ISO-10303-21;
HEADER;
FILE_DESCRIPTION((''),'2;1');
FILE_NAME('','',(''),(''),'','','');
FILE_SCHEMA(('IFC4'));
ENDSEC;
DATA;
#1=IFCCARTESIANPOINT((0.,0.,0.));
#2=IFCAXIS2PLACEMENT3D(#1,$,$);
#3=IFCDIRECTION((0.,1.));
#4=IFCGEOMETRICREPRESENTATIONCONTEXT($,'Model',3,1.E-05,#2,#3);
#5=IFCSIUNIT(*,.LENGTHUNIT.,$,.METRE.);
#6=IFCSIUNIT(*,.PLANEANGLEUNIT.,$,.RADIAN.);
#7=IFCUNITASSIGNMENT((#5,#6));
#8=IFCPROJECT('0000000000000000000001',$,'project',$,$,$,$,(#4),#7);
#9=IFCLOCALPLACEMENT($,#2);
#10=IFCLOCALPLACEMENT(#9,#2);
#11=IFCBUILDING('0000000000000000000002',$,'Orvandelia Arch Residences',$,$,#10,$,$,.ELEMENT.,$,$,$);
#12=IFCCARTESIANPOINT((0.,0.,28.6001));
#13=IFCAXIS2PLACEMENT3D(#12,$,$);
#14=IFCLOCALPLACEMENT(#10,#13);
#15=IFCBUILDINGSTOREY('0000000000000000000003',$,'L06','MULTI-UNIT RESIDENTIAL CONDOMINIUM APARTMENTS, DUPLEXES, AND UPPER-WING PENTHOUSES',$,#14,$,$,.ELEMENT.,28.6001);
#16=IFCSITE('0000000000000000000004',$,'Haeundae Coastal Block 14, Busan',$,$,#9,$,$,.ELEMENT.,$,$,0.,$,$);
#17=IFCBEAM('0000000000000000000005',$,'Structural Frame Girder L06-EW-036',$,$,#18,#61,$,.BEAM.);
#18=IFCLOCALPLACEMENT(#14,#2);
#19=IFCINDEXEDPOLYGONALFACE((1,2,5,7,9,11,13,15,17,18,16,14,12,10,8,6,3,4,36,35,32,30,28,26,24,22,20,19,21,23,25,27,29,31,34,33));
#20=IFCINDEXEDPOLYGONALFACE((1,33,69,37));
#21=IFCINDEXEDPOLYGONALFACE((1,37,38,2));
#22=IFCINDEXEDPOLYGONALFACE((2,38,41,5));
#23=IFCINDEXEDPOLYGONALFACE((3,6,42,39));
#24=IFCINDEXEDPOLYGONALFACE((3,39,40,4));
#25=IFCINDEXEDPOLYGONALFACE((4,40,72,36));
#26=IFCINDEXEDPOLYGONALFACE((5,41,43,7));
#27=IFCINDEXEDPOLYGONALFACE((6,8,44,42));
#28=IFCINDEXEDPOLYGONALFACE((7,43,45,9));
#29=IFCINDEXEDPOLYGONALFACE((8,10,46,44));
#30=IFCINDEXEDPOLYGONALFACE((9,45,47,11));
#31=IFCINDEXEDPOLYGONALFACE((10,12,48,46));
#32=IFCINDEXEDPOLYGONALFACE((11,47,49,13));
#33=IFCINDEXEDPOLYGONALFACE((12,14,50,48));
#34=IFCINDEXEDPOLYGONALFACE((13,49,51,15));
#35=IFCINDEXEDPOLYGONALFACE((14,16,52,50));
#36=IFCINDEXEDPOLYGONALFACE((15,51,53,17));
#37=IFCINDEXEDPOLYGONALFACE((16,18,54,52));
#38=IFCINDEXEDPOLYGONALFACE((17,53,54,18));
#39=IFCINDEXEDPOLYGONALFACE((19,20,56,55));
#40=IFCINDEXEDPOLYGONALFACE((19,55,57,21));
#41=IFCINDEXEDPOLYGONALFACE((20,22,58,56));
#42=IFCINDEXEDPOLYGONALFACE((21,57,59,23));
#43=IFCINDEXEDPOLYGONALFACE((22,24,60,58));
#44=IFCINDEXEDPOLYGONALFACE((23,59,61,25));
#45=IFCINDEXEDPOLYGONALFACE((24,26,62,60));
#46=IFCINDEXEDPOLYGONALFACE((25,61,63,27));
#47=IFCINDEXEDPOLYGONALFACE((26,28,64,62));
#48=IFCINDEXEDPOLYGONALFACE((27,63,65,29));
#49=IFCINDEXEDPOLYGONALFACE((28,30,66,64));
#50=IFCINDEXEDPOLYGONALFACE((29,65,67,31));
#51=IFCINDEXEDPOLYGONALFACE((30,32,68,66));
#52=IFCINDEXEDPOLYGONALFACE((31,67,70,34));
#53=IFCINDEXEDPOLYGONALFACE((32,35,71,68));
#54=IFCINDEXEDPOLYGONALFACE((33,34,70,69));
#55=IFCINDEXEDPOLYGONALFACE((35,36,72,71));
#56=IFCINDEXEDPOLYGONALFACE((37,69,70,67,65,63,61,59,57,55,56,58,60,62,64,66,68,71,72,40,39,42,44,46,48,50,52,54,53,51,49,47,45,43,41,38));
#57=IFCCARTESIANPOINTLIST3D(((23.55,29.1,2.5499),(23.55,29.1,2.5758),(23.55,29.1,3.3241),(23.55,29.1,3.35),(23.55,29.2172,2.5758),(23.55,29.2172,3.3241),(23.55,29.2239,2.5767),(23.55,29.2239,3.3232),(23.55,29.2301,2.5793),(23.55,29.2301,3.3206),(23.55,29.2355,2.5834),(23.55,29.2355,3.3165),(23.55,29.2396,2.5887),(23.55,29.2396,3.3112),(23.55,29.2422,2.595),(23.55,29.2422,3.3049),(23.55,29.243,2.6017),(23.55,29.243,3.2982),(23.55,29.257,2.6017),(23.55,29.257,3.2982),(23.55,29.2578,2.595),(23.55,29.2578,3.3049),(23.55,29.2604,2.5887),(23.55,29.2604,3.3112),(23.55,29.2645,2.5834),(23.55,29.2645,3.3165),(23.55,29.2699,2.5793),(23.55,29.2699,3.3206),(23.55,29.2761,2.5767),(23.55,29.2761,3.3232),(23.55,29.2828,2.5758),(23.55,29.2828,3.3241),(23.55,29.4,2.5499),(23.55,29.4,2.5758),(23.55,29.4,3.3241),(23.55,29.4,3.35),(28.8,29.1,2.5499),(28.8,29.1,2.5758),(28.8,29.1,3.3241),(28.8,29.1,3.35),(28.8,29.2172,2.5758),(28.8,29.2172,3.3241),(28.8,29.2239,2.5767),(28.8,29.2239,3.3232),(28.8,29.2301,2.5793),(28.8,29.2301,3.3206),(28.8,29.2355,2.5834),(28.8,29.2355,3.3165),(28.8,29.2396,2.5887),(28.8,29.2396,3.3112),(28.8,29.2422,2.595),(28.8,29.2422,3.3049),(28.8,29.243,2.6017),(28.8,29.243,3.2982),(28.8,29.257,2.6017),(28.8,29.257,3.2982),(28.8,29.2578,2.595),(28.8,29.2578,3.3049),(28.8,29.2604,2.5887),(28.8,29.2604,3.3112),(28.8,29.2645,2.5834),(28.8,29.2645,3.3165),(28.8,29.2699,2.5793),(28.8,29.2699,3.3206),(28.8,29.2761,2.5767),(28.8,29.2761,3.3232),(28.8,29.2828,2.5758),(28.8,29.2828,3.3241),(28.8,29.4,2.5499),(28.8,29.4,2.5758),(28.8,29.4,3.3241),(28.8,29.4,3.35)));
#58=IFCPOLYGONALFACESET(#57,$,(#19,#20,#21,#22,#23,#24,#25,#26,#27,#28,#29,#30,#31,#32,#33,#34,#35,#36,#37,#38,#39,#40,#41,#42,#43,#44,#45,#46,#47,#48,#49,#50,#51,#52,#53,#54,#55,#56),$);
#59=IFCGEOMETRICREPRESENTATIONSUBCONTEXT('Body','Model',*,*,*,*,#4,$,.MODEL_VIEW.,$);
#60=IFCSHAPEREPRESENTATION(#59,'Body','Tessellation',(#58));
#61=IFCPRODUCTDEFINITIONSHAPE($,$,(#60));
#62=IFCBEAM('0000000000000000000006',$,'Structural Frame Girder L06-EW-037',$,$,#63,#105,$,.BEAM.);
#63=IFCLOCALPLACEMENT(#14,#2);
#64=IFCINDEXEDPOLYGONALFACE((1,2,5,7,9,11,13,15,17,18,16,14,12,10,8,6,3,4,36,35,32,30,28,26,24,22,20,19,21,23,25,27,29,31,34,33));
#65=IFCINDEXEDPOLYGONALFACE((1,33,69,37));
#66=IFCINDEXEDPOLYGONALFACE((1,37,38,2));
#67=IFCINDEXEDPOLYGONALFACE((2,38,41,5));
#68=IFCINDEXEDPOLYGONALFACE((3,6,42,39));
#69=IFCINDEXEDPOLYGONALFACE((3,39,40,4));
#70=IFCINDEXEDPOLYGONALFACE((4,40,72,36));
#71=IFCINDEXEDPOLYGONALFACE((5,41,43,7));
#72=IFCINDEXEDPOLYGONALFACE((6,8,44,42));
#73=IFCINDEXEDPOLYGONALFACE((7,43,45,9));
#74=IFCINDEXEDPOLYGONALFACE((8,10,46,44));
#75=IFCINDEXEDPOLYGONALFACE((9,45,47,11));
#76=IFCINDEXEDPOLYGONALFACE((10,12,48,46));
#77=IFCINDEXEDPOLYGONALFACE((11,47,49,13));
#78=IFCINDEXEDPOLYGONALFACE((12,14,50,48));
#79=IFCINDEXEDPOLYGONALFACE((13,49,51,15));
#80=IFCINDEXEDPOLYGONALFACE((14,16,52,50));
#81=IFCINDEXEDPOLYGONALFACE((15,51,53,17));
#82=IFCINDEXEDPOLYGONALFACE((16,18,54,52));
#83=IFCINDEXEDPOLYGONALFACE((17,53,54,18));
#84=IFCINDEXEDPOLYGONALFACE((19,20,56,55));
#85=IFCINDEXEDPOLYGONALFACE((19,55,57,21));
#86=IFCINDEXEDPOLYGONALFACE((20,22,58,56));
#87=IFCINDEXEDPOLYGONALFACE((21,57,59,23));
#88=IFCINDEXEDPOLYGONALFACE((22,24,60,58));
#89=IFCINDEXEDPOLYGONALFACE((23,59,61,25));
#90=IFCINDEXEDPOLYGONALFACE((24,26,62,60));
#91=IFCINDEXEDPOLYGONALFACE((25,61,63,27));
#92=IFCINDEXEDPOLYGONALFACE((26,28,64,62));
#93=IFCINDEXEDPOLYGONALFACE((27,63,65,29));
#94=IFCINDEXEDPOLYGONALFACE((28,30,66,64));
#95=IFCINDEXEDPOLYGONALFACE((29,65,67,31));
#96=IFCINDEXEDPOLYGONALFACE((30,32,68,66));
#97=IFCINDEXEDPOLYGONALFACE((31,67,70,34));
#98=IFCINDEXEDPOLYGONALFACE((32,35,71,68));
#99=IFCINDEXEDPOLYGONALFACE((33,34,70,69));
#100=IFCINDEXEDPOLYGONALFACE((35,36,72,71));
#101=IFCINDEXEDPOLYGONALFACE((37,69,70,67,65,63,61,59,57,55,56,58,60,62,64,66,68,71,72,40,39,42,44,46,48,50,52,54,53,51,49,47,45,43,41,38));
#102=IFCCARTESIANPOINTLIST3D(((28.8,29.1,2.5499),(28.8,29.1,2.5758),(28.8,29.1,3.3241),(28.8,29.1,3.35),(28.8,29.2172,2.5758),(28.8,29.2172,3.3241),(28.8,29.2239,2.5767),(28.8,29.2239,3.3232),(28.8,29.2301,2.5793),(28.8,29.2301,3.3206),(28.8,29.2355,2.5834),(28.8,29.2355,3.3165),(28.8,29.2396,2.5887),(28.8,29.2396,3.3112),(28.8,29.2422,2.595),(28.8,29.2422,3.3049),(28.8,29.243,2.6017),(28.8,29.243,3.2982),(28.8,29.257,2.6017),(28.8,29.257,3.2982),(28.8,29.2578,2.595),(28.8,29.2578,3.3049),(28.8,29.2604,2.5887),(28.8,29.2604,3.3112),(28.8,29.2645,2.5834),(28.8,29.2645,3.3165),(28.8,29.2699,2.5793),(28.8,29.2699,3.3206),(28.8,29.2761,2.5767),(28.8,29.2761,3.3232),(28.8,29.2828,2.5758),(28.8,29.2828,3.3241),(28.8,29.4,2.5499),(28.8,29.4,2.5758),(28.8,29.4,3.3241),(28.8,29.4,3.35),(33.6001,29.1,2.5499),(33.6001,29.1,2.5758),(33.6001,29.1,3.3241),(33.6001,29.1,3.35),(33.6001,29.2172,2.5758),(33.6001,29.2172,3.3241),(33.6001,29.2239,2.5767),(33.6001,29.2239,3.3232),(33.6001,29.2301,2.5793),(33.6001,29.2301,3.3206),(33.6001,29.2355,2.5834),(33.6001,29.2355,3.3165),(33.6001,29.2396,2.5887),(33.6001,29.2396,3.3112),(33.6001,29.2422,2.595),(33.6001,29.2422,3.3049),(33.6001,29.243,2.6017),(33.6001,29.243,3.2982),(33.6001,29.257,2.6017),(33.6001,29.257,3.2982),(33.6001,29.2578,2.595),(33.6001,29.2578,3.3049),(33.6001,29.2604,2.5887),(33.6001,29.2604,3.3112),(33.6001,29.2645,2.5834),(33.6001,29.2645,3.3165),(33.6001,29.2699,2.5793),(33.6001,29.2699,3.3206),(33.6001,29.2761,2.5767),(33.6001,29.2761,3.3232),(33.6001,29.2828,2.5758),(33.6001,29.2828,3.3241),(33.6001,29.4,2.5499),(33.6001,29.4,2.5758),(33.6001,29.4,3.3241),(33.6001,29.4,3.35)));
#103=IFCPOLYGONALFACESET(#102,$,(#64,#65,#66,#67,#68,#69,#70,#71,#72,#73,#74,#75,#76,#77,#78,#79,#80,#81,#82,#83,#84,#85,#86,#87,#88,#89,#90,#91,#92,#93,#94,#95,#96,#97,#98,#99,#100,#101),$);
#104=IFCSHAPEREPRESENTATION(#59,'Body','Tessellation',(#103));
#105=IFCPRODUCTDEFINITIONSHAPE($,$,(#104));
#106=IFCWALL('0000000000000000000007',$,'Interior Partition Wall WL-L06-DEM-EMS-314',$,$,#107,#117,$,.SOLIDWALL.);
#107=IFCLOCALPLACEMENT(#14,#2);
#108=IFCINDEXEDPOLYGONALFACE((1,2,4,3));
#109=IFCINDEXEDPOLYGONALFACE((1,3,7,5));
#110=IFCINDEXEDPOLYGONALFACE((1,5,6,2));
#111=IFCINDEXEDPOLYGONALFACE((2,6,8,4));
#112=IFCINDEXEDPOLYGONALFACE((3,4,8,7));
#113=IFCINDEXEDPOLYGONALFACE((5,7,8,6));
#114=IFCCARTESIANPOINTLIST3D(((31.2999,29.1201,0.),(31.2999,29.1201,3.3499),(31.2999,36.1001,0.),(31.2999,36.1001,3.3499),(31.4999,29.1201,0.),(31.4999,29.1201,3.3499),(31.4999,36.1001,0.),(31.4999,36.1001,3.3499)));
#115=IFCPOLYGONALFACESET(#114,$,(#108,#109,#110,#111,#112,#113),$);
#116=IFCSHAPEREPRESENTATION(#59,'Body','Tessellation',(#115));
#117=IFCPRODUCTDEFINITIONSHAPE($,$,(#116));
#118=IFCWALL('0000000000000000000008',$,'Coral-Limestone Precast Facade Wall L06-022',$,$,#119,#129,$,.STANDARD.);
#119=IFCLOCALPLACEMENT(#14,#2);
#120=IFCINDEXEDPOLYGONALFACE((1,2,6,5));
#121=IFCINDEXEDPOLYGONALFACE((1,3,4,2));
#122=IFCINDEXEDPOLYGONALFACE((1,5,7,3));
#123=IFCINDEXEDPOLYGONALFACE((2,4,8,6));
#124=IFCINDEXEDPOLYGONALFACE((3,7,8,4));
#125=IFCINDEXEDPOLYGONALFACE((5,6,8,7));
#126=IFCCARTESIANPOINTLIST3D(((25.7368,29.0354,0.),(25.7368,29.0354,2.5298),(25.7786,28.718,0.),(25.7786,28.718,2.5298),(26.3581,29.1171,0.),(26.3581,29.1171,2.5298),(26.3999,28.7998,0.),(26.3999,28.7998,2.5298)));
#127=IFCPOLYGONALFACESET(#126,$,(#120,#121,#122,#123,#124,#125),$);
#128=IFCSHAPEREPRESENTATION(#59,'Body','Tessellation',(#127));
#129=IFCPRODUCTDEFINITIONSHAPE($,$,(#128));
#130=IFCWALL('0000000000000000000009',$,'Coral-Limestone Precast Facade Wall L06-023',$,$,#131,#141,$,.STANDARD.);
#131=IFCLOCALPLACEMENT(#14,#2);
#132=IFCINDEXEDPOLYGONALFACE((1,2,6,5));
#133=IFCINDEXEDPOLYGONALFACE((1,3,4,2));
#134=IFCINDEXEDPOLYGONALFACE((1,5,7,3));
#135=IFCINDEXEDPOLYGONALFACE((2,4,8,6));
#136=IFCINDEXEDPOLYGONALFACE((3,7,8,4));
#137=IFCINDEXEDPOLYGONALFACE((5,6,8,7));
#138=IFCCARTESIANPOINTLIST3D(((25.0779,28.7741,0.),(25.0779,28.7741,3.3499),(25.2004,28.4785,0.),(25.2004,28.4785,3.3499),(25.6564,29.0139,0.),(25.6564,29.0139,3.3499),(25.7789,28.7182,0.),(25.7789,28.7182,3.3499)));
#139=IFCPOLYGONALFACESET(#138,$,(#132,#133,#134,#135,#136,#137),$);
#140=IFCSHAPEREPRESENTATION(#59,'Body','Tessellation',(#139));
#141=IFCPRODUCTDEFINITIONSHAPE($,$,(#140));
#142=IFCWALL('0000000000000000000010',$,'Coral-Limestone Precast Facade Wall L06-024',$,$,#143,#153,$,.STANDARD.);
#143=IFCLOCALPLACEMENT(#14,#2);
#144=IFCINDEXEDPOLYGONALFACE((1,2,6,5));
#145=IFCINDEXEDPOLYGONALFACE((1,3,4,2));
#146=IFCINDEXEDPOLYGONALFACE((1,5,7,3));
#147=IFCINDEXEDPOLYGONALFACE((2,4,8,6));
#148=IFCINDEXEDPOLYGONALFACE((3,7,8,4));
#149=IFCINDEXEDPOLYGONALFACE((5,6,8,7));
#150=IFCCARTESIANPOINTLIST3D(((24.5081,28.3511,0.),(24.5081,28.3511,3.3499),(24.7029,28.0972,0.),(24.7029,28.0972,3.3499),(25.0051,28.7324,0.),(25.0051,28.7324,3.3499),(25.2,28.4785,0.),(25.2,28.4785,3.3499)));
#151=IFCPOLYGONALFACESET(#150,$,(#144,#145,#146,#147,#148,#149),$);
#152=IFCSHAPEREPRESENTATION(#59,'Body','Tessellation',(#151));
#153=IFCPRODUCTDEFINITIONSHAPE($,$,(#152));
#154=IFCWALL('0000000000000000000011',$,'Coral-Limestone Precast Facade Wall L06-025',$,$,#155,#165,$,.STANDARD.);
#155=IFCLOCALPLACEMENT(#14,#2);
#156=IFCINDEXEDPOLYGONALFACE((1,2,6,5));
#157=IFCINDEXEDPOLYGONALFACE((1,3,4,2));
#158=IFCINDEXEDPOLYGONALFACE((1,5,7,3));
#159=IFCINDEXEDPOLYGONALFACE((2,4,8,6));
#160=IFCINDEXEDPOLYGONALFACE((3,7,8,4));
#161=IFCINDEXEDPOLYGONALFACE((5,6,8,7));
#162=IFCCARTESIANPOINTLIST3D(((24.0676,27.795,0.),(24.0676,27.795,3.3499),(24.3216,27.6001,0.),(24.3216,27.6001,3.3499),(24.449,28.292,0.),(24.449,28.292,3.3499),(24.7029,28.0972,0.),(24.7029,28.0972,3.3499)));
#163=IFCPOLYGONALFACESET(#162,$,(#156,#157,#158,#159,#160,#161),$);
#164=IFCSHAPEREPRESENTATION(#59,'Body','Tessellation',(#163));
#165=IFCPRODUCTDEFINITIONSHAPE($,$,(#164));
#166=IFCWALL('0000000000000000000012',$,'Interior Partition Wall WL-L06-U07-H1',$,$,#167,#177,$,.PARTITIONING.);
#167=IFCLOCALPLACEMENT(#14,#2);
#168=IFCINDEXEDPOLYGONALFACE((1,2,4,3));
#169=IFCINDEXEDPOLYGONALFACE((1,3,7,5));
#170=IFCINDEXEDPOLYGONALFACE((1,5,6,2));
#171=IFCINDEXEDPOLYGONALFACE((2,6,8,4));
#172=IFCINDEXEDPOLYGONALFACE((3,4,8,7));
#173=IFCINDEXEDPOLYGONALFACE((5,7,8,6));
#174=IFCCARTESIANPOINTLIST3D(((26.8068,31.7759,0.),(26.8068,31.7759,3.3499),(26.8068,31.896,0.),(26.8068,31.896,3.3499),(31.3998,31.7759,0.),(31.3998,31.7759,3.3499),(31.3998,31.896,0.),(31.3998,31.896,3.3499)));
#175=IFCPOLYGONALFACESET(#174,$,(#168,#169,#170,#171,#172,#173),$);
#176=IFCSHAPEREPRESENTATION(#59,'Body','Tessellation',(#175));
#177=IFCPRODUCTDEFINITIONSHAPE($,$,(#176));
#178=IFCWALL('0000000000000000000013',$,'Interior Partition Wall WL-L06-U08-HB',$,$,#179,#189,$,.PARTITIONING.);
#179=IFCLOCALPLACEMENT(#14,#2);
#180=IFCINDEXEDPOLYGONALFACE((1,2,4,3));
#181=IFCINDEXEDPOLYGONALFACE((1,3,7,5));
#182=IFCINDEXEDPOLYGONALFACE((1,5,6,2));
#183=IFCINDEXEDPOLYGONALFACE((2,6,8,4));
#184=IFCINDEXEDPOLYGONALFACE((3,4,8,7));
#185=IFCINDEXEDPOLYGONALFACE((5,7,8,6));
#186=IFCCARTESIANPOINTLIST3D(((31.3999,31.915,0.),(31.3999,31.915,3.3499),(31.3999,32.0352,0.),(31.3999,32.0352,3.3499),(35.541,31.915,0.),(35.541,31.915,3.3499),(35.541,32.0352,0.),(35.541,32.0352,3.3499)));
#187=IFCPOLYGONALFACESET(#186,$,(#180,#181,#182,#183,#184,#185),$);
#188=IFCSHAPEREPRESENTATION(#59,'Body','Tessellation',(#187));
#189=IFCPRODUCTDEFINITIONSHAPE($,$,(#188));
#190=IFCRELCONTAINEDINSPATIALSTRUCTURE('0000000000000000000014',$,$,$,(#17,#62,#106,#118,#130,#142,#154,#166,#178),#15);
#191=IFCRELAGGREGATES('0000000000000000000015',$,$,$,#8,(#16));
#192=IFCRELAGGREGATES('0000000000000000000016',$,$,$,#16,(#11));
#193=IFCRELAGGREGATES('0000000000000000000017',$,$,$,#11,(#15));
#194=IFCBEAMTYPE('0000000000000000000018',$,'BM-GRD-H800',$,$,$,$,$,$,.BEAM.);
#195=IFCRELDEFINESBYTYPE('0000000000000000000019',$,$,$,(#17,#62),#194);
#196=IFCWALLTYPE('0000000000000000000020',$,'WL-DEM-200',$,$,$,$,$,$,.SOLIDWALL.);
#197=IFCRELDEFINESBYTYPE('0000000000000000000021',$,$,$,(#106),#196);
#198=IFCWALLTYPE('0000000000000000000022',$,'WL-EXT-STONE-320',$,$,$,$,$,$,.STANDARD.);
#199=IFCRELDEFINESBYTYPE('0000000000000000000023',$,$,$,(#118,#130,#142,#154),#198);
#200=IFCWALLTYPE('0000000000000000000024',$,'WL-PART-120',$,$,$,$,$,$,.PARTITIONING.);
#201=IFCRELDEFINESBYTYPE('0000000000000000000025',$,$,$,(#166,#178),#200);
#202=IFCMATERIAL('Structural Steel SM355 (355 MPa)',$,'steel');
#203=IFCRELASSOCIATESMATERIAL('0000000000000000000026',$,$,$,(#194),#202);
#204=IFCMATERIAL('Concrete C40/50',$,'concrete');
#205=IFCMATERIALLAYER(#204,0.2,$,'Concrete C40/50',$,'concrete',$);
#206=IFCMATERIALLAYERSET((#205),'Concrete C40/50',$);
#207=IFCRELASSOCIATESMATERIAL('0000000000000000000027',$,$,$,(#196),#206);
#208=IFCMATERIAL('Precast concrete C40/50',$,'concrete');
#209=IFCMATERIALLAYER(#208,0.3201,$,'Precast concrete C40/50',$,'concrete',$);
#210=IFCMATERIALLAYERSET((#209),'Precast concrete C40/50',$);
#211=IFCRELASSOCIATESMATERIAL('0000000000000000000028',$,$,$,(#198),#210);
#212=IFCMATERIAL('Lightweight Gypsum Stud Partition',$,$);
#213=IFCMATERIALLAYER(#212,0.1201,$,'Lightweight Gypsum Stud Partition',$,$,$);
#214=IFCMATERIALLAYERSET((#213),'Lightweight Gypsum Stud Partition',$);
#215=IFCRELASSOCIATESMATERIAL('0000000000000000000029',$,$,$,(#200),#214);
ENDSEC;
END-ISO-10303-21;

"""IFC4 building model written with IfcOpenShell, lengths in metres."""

from ifc_helpers import new_model, si_unit, direction, frame, frame_2d, origin, origin_2d, place, context, subcontext, project, spatial, rectangle, i_section, extrude, material, layer, layer_set, material_profile, profile_set, type_object, element, save


model = new_model("IFC4")

# Units and contexts
model_context = context("Model", 3, precision=1e-05, world=origin(), true_north=direction((0.0, 1.0)))
body_context = subcontext(model_context, "Body", "Model", "MODEL_VIEW")
ifc_project = project(units=[si_unit("LENGTHUNIT", "METRE"), si_unit("PLANEANGLEUNIT", "RADIAN")], contexts=[model_context])

# Site, building, storey
site_placement = place(None, origin())
site = spatial("IfcSite", under=ifc_project, at=site_placement, Name="Haeundae Coastal Block 14, Busan", CompositionType="ELEMENT", RefElevation=0.0)
building_placement = place(site_placement, origin())
building = spatial("IfcBuilding", under=site, at=building_placement, Name="Orvandelia Arch Residences", CompositionType="ELEMENT")
storey_placement = place(building_placement, frame((0.0, 0.0, 28.6001)))
storey = spatial("IfcBuildingStorey", under=building, at=storey_placement, Name="L06", Description="MULTI-UNIT RESIDENTIAL CONDOMINIUM APARTMENTS, DUPLEXES, AND UPPER-WING PENTHOUSES", CompositionType="ELEMENT", Elevation=28.6001)

# Beams
ifc_material_1 = material(Name="Structural Steel SM355 (355 MPa)", Category="steel")
ifc_material_profile_1 = material_profile(ifc_material_1, i_section(OverallWidth=0.3, OverallDepth=0.8, WebThickness=0.0139, FlangeThickness=0.0259, FilletRadius=0.0259, at=origin_2d()), Name="Structural Steel SM355 (355 MPa)", Category="steel")
ifc_profile_set_1 = profile_set([ifc_material_profile_1], Name="Structural Steel SM355 (355 MPa)")
beam_type = type_object("IfcBeamType", Name="BM-GRD-H800", PredefinedType="BEAM", material=ifc_profile_set_1)
beam_1_placement = place(storey_placement, frame((23.55, 29.25, 2.95), z_axis=(1.0, 0.0, 0.0), x_axis=(0.0, 1.0, 0.0)))
element("IfcBeam", 1, at=beam_1_placement, inside=storey, type_object=beam_type, Name="Structural Frame Girder L06-EW-036", PredefinedType="BEAM", context=body_context, shape_type="SweptSolid", body=[
    extrude(i_section(OverallWidth=0.3, OverallDepth=0.8, WebThickness=0.0139, FlangeThickness=0.0259, FilletRadius=0.0259, at=origin_2d()), origin(), (0.0, 0.0, 1.0), 5.25),
])
beam_2_placement = place(storey_placement, frame((28.8, 29.25, 2.95), z_axis=(1.0, 0.0, 0.0), x_axis=(0.0, 1.0, 0.0)))
element("IfcBeam", 2, at=beam_2_placement, inside=storey, type_object=beam_type, Name="Structural Frame Girder L06-EW-037", PredefinedType="BEAM", context=body_context, shape_type="SweptSolid", body=[
    extrude(i_section(OverallWidth=0.3, OverallDepth=0.8, WebThickness=0.0139, FlangeThickness=0.0259, FilletRadius=0.0259, at=origin_2d()), origin(), (0.0, 0.0, 1.0), 4.8),
])

# Walls
ifc_material_2 = material(Name="Concrete C40/50", Category="concrete")
ifc_layer_1 = layer(ifc_material_2, 0.2, Name="Concrete C40/50", Category="concrete")
ifc_layer_set_1 = layer_set([ifc_layer_1], Name="Concrete C40/50")
wall_type_1 = type_object("IfcWallType", Name="WL-DEM-200", PredefinedType="SOLIDWALL", material=ifc_layer_set_1)
wall_1_placement = place(storey_placement, frame((31.3999, 29.1201, 0.0), z_axis=(0.0, 0.0, 1.0), x_axis=(0.0, 1.0, 0.0)))
element("IfcWall", 3, at=wall_1_placement, inside=storey, type_object=wall_type_1, Name="Interior Partition Wall WL-L06-DEM-EMS-314", PredefinedType="SOLIDWALL", context=body_context, shape_type="SweptSolid", body=[
    extrude(rectangle(XDim=6.98, YDim=0.2, at=frame_2d((3.49, 0.0))), origin(), (0.0, 0.0, 1.0), 3.3499),
])
ifc_material_3 = material(Name="Precast concrete C40/50", Category="concrete")
ifc_layer_2 = layer(ifc_material_3, 0.3201, Name="Precast concrete C40/50", Category="concrete")
ifc_layer_set_2 = layer_set([ifc_layer_2], Name="Precast concrete C40/50")
wall_type_2 = type_object("IfcWallType", Name="WL-EXT-STONE-320", PredefinedType="STANDARD", material=ifc_layer_set_2)
wall_2_placement = place(storey_placement, frame((26.3792, 28.9585, 0.0), z_axis=(0.0, 0.0, 1.0), x_axis=(-0.991448, -0.130505, 0.0)))
element("IfcWall", 4, at=wall_2_placement, inside=storey, type_object=wall_type_2, Name="Coral-Limestone Precast Facade Wall L06-022", PredefinedType="STANDARD", context=body_context, shape_type="SweptSolid", body=[
    extrude(rectangle(XDim=0.6267, YDim=0.3201, at=frame_2d((0.3135, 0.0))), origin(), (0.0, 0.0, 1.0), 2.5298),
])
wall_3_placement = place(storey_placement, frame((25.7175, 28.866, 0.0), z_axis=(0.0, 0.0, 1.0), x_axis=(-0.923836, -0.382788, 0.0)))
element("IfcWall", 5, at=wall_3_placement, inside=storey, type_object=wall_type_2, Name="Coral-Limestone Precast Facade Wall L06-023", PredefinedType="STANDARD", context=body_context, shape_type="SweptSolid", body=[
    extrude(rectangle(XDim=0.6262, YDim=0.3201, at=frame_2d((0.313, 0.0))), origin(), (0.0, 0.0, 1.0), 3.3499),
])
for number, where, z_axis, x_axis, name in (
    (6, (25.1025, 28.6055, 0.0), (0.0, 0.0, 1.0), (-0.793406, -0.608693, 0.0), "Coral-Limestone Precast Facade Wall L06-024"),
    (7, (24.5759, 28.1946, 0.0), (0.0, 0.0, 1.0), (-0.608693, -0.793406, 0.0), "Coral-Limestone Precast Facade Wall L06-025"),
):
    element("IfcWall", number, at=place(storey_placement, frame(where, z_axis=z_axis, x_axis=x_axis)), inside=storey, type_object=wall_type_2, Name=name, PredefinedType="STANDARD", context=body_context, shape_type="SweptSolid", body=[
        extrude(rectangle(XDim=0.6265, YDim=0.3201, at=frame_2d((0.3132, 0.0))), origin(), (0.0, 0.0, 1.0), 3.3499),
    ])
ifc_material_4 = material(Name="Lightweight Gypsum Stud Partition")
ifc_layer_3 = layer(ifc_material_4, 0.1201, Name="Lightweight Gypsum Stud Partition")
ifc_layer_set_3 = layer_set([ifc_layer_3], Name="Lightweight Gypsum Stud Partition")
wall_type_3 = type_object("IfcWallType", Name="WL-PART-120", PredefinedType="PARTITIONING", material=ifc_layer_set_3)
wall_4_placement = place(storey_placement, frame((26.8069, 31.8359, 0.0), z_axis=(0.0, 0.0, 1.0), x_axis=(1.0, 0.0, 0.0)))
element("IfcWall", 8, at=wall_4_placement, inside=storey, type_object=wall_type_3, Name="Interior Partition Wall WL-L06-U07-H1", PredefinedType="PARTITIONING", context=body_context, shape_type="SweptSolid", body=[
    extrude(rectangle(XDim=4.593, YDim=0.1201, at=frame_2d((2.2964, 0.0))), origin(), (0.0, 0.0, 1.0), 3.3499),
])
wall_5_placement = place(storey_placement, frame((31.3999, 31.9751, 0.0), z_axis=(0.0, 0.0, 1.0), x_axis=(1.0, 0.0, 0.0)))
element("IfcWall", 9, at=wall_5_placement, inside=storey, type_object=wall_type_3, Name="Interior Partition Wall WL-L06-U08-HB", PredefinedType="PARTITIONING", context=body_context, shape_type="SweptSolid", body=[
    extrude(rectangle(XDim=4.1411, YDim=0.1201, at=frame_2d((2.0706, 0.0))), origin(), (0.0, 0.0, 1.0), 3.3499),
])

save(model, "model.ifc")
